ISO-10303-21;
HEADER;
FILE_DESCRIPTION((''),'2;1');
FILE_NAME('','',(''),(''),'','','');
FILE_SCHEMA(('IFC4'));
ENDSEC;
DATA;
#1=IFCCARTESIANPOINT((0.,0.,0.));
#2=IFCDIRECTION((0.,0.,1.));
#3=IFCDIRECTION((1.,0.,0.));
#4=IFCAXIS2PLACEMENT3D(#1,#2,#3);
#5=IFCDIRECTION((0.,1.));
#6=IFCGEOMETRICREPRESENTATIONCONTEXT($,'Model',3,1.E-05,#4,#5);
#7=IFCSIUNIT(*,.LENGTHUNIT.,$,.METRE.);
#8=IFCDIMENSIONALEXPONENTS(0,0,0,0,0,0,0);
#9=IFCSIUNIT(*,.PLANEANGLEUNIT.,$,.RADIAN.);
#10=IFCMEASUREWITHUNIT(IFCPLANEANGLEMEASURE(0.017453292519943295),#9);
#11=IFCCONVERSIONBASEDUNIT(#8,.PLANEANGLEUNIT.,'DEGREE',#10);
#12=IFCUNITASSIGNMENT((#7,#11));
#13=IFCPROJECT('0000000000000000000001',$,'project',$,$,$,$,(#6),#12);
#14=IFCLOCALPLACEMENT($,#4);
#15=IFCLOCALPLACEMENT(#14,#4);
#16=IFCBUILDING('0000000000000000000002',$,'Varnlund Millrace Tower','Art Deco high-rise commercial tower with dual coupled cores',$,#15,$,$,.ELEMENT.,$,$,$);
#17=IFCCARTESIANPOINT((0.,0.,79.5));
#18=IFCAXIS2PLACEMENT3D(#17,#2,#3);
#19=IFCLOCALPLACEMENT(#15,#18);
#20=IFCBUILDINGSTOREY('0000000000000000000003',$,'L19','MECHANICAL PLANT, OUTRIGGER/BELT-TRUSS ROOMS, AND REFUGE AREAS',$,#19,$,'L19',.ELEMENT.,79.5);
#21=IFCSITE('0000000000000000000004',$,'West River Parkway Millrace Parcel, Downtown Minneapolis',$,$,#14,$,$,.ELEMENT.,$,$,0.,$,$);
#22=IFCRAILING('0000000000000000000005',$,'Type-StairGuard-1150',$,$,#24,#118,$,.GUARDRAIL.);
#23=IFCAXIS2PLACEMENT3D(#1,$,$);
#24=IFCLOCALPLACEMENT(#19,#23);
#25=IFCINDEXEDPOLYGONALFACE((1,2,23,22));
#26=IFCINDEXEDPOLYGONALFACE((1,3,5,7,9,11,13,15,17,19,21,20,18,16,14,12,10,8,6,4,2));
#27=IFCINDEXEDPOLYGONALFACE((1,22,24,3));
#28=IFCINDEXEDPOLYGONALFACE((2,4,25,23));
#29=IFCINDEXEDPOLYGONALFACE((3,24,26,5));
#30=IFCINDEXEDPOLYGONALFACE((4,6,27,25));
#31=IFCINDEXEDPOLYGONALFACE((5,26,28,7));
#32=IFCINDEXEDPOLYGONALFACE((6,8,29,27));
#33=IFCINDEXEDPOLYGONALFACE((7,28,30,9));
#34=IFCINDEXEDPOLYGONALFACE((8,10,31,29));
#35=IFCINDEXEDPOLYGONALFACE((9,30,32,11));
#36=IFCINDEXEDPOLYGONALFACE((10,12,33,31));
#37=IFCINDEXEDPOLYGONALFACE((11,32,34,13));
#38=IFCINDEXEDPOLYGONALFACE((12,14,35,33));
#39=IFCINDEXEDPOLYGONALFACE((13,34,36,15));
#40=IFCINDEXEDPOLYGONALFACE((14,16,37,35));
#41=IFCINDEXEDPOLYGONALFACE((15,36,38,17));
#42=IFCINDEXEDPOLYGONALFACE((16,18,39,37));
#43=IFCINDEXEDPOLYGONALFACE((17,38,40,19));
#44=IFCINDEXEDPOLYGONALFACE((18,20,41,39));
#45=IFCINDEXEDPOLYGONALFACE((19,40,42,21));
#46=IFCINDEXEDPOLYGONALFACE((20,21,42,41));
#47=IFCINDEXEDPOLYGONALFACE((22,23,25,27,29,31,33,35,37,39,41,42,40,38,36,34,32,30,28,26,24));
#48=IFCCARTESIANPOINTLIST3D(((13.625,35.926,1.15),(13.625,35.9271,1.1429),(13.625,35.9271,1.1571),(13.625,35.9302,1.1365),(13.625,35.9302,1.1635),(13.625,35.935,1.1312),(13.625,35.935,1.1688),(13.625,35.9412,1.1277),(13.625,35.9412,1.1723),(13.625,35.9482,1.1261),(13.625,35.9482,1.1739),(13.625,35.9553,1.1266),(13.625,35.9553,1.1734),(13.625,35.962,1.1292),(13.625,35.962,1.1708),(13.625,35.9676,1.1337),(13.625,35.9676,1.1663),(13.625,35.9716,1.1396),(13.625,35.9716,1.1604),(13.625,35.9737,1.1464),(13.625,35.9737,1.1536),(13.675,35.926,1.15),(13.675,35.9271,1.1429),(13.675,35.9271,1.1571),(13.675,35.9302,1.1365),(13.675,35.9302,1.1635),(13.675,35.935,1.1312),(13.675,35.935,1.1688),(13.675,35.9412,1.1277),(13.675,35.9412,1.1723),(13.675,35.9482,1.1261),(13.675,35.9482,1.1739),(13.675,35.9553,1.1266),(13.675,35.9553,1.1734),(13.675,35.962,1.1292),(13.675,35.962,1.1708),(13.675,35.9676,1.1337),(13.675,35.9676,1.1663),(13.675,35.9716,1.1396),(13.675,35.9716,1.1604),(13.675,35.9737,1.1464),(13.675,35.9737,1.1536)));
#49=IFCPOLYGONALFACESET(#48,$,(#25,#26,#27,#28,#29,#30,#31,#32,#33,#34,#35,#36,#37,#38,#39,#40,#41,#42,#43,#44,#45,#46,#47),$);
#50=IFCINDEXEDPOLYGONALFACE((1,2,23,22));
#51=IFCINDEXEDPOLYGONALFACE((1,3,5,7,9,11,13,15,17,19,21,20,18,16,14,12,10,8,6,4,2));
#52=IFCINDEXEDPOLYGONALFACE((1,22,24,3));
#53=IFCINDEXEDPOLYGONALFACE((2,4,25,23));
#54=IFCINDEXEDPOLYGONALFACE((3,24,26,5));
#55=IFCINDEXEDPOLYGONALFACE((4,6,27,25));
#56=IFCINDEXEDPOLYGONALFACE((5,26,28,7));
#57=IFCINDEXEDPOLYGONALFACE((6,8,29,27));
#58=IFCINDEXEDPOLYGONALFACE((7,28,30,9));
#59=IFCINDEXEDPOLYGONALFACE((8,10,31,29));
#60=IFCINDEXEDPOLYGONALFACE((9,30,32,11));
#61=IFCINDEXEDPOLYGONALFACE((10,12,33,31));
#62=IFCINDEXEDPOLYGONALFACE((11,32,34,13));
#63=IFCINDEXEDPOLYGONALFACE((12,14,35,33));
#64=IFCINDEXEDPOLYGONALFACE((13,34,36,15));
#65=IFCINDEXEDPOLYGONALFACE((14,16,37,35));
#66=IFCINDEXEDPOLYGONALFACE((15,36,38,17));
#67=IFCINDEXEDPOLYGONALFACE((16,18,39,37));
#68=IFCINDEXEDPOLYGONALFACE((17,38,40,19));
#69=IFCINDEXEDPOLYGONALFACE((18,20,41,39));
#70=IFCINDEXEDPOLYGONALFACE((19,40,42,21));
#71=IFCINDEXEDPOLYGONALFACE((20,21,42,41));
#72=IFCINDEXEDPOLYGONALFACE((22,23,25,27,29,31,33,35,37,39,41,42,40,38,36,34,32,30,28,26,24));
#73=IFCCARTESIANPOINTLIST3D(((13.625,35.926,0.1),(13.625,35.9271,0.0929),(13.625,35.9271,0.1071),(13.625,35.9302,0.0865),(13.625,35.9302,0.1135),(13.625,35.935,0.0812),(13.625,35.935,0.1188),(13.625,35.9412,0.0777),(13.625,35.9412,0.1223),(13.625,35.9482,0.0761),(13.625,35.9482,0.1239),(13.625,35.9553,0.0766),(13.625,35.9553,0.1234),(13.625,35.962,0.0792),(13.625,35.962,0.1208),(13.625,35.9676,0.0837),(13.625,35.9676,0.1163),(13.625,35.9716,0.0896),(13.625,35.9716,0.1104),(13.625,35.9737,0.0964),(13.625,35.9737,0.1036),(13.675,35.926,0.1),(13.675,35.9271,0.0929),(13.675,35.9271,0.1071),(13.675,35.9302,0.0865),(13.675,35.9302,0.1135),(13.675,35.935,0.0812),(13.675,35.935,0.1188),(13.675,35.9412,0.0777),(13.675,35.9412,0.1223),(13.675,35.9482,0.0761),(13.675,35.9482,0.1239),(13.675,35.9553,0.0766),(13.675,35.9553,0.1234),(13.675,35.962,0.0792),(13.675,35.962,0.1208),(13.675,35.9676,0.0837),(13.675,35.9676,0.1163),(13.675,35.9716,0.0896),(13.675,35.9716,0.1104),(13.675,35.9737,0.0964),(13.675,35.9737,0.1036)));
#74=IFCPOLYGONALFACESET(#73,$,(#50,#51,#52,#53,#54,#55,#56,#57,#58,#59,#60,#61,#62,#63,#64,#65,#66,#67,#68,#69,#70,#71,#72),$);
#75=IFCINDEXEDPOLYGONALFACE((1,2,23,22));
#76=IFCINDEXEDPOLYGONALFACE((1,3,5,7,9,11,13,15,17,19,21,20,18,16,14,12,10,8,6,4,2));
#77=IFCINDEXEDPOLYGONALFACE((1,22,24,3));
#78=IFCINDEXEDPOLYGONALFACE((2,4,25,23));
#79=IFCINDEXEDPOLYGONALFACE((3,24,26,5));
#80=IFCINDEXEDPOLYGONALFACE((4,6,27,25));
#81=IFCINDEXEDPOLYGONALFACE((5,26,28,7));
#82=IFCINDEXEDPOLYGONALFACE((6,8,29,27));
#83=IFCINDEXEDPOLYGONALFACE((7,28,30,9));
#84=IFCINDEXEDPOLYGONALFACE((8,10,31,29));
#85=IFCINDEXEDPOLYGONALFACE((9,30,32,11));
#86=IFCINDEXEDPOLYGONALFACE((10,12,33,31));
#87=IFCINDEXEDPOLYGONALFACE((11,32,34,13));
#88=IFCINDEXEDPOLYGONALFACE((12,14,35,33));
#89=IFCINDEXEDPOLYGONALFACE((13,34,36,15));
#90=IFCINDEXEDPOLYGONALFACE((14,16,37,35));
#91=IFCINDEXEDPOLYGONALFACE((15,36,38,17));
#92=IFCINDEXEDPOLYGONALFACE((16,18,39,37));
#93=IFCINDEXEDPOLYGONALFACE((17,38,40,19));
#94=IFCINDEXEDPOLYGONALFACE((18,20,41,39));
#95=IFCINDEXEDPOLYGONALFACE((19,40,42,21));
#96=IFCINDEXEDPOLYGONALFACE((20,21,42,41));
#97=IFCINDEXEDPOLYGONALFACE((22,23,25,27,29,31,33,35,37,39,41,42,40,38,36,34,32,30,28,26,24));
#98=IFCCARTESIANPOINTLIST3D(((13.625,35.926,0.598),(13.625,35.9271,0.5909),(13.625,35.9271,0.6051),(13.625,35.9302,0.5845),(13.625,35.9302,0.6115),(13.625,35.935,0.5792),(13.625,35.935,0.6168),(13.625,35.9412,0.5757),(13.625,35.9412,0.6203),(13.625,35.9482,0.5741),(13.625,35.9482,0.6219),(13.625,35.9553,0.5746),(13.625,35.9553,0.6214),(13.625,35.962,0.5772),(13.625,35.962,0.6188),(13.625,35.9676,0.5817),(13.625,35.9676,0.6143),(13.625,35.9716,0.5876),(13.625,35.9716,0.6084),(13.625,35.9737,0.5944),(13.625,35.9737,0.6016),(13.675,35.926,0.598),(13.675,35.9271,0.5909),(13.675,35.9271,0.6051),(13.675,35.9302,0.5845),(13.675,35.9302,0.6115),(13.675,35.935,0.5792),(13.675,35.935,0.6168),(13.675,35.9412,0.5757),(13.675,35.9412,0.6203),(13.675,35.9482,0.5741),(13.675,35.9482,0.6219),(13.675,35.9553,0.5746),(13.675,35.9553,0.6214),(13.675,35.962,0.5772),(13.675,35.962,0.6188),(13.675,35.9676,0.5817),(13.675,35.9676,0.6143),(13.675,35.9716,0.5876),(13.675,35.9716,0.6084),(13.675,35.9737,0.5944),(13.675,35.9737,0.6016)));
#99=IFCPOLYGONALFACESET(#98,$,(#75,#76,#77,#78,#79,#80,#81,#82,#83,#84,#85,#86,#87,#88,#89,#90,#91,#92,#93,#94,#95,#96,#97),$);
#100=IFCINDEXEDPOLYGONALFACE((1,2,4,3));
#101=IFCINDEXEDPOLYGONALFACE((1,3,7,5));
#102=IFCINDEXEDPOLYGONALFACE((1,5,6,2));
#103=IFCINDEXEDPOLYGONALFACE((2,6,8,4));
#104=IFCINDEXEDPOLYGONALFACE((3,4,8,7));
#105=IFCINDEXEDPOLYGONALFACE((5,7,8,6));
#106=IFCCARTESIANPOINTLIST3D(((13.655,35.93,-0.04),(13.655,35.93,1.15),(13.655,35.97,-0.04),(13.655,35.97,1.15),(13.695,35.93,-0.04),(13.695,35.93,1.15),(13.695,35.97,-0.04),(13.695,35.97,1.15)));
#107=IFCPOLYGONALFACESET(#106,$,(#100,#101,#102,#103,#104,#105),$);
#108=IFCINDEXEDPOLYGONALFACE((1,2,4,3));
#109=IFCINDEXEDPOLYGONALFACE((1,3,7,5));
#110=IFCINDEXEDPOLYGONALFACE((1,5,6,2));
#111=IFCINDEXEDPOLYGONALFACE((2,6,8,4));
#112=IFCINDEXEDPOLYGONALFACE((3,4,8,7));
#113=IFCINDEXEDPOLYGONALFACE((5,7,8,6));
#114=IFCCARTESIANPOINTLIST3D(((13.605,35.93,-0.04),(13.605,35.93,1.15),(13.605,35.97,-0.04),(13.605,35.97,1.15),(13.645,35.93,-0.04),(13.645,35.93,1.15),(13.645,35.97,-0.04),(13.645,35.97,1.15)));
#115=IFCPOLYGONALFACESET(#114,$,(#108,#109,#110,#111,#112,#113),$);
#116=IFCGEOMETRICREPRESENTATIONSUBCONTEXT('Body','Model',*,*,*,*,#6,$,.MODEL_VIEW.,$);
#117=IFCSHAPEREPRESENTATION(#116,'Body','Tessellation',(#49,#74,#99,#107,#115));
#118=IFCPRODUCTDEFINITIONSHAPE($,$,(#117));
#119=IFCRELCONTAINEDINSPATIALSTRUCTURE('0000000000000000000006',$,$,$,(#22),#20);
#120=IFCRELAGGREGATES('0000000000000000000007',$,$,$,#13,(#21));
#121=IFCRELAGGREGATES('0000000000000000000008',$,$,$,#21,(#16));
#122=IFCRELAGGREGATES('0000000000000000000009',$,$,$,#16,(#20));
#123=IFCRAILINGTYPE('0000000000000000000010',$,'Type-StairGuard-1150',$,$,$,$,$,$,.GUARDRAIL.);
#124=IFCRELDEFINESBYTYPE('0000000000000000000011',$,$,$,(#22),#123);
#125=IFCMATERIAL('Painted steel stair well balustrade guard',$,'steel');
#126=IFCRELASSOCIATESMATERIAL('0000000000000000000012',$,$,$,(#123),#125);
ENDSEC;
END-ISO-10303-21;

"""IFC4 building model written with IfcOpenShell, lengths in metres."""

from ifc_helpers import new_model, entity, si_unit, converted_unit, direction, frame, origin_with_axes, origin_2d_with_axis, place, context, subcontext, project, spatial, rectangle, circle, extrude, material, type_object, element, save


model = new_model("IFC4")

# Units and contexts
model_context = context("Model", 3, precision=1e-05, world=origin_with_axes(), true_north=direction((0.0, 1.0)))
body_context = subcontext(model_context, "Body", "Model", "MODEL_VIEW")
ifc_project = project(units=[si_unit("LENGTHUNIT", "METRE"), converted_unit("PLANEANGLEUNIT", "DEGREE", entity("IfcPlaneAngleMeasure", 0.017453292519943295), si_unit("PLANEANGLEUNIT", "RADIAN"), dimensions=[0, 0, 0, 0, 0, 0, 0])], contexts=[model_context])

# Site, building, storey
site_placement = place(None, origin_with_axes())
site = spatial("IfcSite", under=ifc_project, at=site_placement, Name="West River Parkway Millrace Parcel, Downtown Minneapolis", CompositionType="ELEMENT", RefElevation=0.0)
building_placement = place(site_placement, origin_with_axes())
building = spatial("IfcBuilding", under=site, at=building_placement, Name="Varnlund Millrace Tower", Description="Art Deco high-rise commercial tower with dual coupled cores", CompositionType="ELEMENT")
storey_placement = place(building_placement, frame((0.0, 0.0, 79.5), z_axis=(0.0, 0.0, 1.0), x_axis=(1.0, 0.0, 0.0)))
storey = spatial("IfcBuildingStorey", under=building, at=storey_placement, Name="L19", Description="MECHANICAL PLANT, OUTRIGGER/BELT-TRUSS ROOMS, AND REFUGE AREAS", LongName="L19", CompositionType="ELEMENT", Elevation=79.5)

# Railing
ifc_material_1 = material(Name="Painted steel stair well balustrade guard", Category="steel")
railing_type_1 = type_object("IfcRailingType", Name="Type-StairGuard-1150", PredefinedType="GUARDRAIL", material=ifc_material_1)
railing_1_placement = place(storey_placement, frame((0.0, 0.0, -79.5), z_axis=(0.0, 0.0, 1.0), x_axis=(1.0, 0.0, 0.0)))
element("IfcRailing", 1, at=railing_1_placement, inside=storey, type_object=railing_type_1, Name="Type-StairGuard-1150", PredefinedType="GUARDRAIL", context=body_context, shape_type="SweptSolid", body=[
    extrude(circle(Radius=0.024, at=origin_2d_with_axis()), frame((13.675, 35.95, 80.65), z_axis=(-1.0, 0.0, 0.0), x_axis=(0.0, -1.0, 0.0)), (0.0, 0.0, 1.0), 0.05),
    extrude(circle(Radius=0.024, at=origin_2d_with_axis()), frame((13.675, 35.95, 79.6), z_axis=(-1.0, 0.0, 0.0), x_axis=(0.0, -1.0, 0.0)), (0.0, 0.0, 1.0), 0.05),
    extrude(circle(Radius=0.024, at=origin_2d_with_axis()), frame((13.675, 35.95, 80.098), z_axis=(-1.0, 0.0, 0.0), x_axis=(0.0, -1.0, 0.0)), (0.0, 0.0, 1.0), 0.05),
    extrude(rectangle(XDim=0.04, YDim=0.04, at=origin_2d_with_axis()), frame((13.675, 35.95, 79.46), z_axis=(0.0, 0.0, 1.0), x_axis=(1.0, 0.0, 0.0)), (0.0, 0.0, 1.0), 1.19),
    extrude(rectangle(XDim=0.04, YDim=0.04, at=origin_2d_with_axis()), frame((13.625, 35.95, 79.46), z_axis=(0.0, 0.0, 1.0), x_axis=(1.0, 0.0, 0.0)), (0.0, 0.0, 1.0), 1.19),
])

save(model, "model.ifc")
